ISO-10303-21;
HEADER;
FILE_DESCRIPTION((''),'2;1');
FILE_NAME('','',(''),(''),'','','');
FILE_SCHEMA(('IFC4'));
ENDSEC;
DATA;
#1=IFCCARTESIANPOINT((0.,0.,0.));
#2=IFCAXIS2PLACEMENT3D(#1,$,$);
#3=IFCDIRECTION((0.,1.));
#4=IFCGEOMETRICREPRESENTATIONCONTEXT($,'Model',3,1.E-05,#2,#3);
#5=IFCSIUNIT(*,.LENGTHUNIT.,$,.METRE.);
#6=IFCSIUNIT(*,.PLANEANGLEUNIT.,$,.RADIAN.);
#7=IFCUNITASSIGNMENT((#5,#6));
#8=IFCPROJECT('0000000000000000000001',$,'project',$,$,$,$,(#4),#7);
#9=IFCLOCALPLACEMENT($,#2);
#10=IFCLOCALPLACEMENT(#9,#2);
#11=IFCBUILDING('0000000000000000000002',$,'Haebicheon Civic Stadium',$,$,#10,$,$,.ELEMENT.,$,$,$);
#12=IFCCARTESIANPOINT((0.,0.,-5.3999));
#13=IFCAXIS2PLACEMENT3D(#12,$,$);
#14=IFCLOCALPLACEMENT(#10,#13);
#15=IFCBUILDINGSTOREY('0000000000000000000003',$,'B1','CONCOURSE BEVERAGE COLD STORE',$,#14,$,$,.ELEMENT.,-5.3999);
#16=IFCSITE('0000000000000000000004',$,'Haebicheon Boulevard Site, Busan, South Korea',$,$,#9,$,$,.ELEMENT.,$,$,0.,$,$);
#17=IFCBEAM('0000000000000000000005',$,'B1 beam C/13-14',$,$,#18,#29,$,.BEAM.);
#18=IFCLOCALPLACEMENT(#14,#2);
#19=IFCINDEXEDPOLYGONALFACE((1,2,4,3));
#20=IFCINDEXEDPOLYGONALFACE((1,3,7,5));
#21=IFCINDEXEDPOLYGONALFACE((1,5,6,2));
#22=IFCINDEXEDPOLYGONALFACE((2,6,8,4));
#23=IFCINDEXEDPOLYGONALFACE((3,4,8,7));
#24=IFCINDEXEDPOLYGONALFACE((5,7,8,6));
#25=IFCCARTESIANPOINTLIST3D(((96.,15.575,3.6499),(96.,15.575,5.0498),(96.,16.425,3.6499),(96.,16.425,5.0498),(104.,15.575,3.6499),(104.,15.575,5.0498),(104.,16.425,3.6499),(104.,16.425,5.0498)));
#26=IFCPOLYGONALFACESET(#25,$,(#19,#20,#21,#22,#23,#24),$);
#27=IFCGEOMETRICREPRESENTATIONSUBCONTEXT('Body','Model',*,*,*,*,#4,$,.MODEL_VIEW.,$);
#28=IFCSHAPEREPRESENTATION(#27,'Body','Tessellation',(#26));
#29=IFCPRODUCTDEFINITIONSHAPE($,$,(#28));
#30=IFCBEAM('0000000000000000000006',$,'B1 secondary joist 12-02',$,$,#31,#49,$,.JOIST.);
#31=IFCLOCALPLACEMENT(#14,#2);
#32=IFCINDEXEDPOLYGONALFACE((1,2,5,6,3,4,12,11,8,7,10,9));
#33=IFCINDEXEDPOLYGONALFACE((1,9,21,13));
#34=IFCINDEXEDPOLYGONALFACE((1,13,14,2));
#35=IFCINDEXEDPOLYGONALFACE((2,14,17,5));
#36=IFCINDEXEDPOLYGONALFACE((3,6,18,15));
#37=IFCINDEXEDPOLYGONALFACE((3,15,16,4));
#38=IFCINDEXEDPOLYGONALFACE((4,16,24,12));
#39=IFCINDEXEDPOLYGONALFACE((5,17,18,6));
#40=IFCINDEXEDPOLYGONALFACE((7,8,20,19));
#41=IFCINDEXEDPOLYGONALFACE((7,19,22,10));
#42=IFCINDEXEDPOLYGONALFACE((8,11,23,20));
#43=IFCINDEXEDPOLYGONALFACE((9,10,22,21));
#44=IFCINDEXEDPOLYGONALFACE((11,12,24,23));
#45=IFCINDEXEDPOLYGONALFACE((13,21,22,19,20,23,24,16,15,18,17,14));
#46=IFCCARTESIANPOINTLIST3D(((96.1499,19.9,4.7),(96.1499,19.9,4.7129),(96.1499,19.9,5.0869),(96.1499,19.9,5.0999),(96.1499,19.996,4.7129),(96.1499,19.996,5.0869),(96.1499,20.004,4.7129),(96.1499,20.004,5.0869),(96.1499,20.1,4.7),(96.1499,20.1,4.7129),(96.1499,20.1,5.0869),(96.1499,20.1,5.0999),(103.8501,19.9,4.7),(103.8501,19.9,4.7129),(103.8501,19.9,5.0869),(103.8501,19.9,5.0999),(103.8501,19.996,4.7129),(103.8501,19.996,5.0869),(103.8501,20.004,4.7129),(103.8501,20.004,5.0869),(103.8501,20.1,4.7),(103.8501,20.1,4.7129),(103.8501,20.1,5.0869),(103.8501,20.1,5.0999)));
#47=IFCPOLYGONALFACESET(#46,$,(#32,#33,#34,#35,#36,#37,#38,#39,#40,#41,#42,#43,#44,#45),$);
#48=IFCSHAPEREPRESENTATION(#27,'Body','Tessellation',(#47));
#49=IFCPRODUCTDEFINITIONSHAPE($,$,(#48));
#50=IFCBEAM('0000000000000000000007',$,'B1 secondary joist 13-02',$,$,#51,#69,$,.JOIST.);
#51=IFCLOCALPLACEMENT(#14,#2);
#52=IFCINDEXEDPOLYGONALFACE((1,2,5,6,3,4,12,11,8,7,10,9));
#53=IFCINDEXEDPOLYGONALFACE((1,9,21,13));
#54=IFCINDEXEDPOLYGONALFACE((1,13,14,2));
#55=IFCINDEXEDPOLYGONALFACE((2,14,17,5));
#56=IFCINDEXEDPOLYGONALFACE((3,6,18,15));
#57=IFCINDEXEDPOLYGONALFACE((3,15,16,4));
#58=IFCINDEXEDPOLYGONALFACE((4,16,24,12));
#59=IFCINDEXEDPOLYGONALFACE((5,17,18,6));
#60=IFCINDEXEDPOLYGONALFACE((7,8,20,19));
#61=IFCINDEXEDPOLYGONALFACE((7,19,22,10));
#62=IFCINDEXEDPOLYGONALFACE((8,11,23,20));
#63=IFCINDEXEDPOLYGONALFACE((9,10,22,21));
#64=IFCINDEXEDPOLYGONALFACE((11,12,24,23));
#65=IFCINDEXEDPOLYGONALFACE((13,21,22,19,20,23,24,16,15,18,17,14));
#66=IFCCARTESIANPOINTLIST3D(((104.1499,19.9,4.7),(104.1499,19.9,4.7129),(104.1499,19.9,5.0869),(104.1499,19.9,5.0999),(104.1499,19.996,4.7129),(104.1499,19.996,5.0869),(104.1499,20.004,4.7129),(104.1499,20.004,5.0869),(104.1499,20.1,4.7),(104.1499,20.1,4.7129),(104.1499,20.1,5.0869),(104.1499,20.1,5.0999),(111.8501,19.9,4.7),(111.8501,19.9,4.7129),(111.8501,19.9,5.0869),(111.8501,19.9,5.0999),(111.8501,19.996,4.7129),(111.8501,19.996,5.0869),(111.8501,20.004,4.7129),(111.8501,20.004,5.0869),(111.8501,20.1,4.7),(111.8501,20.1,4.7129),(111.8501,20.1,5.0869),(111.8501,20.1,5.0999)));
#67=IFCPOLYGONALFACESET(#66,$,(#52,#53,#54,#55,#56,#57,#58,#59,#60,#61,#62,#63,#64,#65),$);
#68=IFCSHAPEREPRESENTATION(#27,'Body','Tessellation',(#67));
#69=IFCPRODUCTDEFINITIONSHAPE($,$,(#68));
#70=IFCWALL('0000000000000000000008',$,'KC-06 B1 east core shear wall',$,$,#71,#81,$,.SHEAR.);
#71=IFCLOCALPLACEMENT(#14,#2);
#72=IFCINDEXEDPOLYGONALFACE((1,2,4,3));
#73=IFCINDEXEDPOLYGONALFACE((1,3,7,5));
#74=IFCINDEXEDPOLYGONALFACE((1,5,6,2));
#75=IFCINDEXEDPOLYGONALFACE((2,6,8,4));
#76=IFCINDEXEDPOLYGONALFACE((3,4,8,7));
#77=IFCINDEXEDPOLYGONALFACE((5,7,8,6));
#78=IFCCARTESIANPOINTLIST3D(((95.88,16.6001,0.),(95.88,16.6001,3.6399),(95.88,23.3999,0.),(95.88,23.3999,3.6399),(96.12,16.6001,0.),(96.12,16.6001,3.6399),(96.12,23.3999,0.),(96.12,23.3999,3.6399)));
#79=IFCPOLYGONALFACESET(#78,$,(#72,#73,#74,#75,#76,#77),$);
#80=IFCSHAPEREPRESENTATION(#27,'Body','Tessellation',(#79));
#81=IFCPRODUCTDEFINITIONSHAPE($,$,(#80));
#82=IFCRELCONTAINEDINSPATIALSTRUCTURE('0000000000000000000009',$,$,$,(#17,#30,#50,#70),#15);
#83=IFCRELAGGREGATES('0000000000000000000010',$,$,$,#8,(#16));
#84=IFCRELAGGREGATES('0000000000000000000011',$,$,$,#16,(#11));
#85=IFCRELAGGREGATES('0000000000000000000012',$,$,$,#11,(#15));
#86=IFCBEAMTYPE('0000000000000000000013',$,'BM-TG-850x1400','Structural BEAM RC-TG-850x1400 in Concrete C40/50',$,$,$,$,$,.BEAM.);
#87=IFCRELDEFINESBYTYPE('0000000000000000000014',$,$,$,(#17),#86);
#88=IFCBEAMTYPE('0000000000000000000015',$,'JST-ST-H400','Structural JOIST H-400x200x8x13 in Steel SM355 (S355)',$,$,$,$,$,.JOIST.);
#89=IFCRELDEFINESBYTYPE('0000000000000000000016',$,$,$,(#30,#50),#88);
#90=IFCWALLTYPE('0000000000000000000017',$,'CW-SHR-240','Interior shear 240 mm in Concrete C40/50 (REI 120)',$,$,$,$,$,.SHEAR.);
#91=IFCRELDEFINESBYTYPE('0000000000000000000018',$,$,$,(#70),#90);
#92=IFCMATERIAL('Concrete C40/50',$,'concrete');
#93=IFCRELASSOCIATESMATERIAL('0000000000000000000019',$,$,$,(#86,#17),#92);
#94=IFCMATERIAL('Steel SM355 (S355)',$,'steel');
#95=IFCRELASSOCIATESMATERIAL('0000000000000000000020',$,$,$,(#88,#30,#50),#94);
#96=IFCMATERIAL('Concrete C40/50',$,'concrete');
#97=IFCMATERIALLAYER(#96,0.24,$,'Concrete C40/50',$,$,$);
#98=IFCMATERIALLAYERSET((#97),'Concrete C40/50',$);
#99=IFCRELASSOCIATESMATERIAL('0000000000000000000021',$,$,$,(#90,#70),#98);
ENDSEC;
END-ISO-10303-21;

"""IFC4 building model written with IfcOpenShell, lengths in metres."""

from ifc_helpers import new_model, si_unit, direction, frame, frame_2d, origin, origin_2d, place, context, subcontext, project, spatial, rectangle, i_section, extrude, material, layer, layer_set, material_profile, profile_set, type_object, element, save


model = new_model("IFC4")

# Units and contexts
model_context = context("Model", 3, precision=1e-05, world=origin(), true_north=direction((0.0, 1.0)))
body_context = subcontext(model_context, "Body", "Model", "MODEL_VIEW")
ifc_project = project(units=[si_unit("LENGTHUNIT", "METRE"), si_unit("PLANEANGLEUNIT", "RADIAN")], contexts=[model_context])

# Site, building, storey
site_placement = place(None, origin())
site = spatial("IfcSite", under=ifc_project, at=site_placement, Name="Haebicheon Boulevard Site, Busan, South Korea", CompositionType="ELEMENT", RefElevation=0.0)
building_placement = place(site_placement, origin())
building = spatial("IfcBuilding", under=site, at=building_placement, Name="Haebicheon Civic Stadium", CompositionType="ELEMENT")
storey_placement = place(building_placement, frame((0.0, 0.0, -5.3999)))
storey = spatial("IfcBuildingStorey", under=building, at=storey_placement, Name="B1", Description="CONCOURSE BEVERAGE COLD STORE", CompositionType="ELEMENT", Elevation=-5.3999)

# Beams
ifc_material_1 = material(Name="Concrete C40/50", Category="concrete")
ifc_material_profile_1 = material_profile(ifc_material_1, rectangle(XDim=0.8501, YDim=1.3999, at=origin_2d()), Name="RC-TG-850x1400")
ifc_profile_set_1 = profile_set([ifc_material_profile_1], Name="Concrete C40/50")
beam_type_1 = type_object("IfcBeamType", Name="BM-TG-850x1400", Description="Structural BEAM RC-TG-850x1400 in Concrete C40/50", PredefinedType="BEAM", material=ifc_profile_set_1)
beam_placement = place(storey_placement, frame((96.0, 16.0, 4.3499), z_axis=(1.0, 0.0, 0.0), x_axis=(0.0, 1.0, 0.0)))
element("IfcBeam", 1, at=beam_placement, inside=storey, type_object=beam_type_1, material=ifc_profile_set_1, Name="B1 beam C/13-14", PredefinedType="BEAM", context=body_context, shape_type="SweptSolid", body=[
    extrude(rectangle(XDim=0.8501, YDim=1.3999, at=origin_2d()), origin(), (0.0, 0.0, 1.0), 8.0),
])
ifc_material_2 = material(Name="Steel SM355 (S355)", Category="steel")
ifc_material_profile_2 = material_profile(ifc_material_2, i_section(OverallWidth=0.2, OverallDepth=0.3999, WebThickness=0.0081, FlangeThickness=0.0129, at=origin_2d()), Name="H-400x200x8x13")
ifc_profile_set_2 = profile_set([ifc_material_profile_2], Name="Steel SM355 (S355)")
beam_type_2 = type_object("IfcBeamType", Name="JST-ST-H400", Description="Structural JOIST H-400x200x8x13 in Steel SM355 (S355)", PredefinedType="JOIST", material=ifc_profile_set_2)
for number, where, z_axis, x_axis, name in (
    (2, (96.1499, 20.0, 4.8999), (1.0, 0.0, 0.0), (0.0, 1.0, 0.0), "B1 secondary joist 12-02"),
    (3, (104.1499, 20.0, 4.8999), (1.0, 0.0, 0.0), (0.0, 1.0, 0.0), "B1 secondary joist 13-02"),
):
    element("IfcBeam", number, at=place(storey_placement, frame(where, z_axis=z_axis, x_axis=x_axis)), inside=storey, type_object=beam_type_2, material=ifc_profile_set_2, Name=name, PredefinedType="JOIST", context=body_context, shape_type="SweptSolid", body=[
        extrude(i_section(OverallWidth=0.2, OverallDepth=0.3999, WebThickness=0.0081, FlangeThickness=0.0129, at=origin_2d()), origin(), (0.0, 0.0, 1.0), 7.7002),
    ])

# Wall
ifc_material_3 = material(Name="Concrete C40/50", Category="concrete")
ifc_layer_1 = layer(ifc_material_3, 0.24, Name="Concrete C40/50")
ifc_layer_set_1 = layer_set([ifc_layer_1], Name="Concrete C40/50")
wall_type = type_object("IfcWallType", Name="CW-SHR-240", Description="Interior shear 240 mm in Concrete C40/50 (REI 120)", PredefinedType="SHEAR", material=ifc_layer_set_1)
wall_placement = place(storey_placement, frame((96.0, 16.6001, 0.0), z_axis=(0.0, 0.0, 1.0), x_axis=(0.0, 1.0, 0.0)))
element("IfcWall", 4, at=wall_placement, inside=storey, type_object=wall_type, material=ifc_layer_set_1, Name="KC-06 B1 east core shear wall", PredefinedType="SHEAR", context=body_context, shape_type="SweptSolid", body=[
    extrude(rectangle(XDim=6.7998, YDim=0.24, at=frame_2d((3.3999, 0.0))), origin(), (0.0, 0.0, 1.0), 3.6399),
])

save(model, "model.ifc")
